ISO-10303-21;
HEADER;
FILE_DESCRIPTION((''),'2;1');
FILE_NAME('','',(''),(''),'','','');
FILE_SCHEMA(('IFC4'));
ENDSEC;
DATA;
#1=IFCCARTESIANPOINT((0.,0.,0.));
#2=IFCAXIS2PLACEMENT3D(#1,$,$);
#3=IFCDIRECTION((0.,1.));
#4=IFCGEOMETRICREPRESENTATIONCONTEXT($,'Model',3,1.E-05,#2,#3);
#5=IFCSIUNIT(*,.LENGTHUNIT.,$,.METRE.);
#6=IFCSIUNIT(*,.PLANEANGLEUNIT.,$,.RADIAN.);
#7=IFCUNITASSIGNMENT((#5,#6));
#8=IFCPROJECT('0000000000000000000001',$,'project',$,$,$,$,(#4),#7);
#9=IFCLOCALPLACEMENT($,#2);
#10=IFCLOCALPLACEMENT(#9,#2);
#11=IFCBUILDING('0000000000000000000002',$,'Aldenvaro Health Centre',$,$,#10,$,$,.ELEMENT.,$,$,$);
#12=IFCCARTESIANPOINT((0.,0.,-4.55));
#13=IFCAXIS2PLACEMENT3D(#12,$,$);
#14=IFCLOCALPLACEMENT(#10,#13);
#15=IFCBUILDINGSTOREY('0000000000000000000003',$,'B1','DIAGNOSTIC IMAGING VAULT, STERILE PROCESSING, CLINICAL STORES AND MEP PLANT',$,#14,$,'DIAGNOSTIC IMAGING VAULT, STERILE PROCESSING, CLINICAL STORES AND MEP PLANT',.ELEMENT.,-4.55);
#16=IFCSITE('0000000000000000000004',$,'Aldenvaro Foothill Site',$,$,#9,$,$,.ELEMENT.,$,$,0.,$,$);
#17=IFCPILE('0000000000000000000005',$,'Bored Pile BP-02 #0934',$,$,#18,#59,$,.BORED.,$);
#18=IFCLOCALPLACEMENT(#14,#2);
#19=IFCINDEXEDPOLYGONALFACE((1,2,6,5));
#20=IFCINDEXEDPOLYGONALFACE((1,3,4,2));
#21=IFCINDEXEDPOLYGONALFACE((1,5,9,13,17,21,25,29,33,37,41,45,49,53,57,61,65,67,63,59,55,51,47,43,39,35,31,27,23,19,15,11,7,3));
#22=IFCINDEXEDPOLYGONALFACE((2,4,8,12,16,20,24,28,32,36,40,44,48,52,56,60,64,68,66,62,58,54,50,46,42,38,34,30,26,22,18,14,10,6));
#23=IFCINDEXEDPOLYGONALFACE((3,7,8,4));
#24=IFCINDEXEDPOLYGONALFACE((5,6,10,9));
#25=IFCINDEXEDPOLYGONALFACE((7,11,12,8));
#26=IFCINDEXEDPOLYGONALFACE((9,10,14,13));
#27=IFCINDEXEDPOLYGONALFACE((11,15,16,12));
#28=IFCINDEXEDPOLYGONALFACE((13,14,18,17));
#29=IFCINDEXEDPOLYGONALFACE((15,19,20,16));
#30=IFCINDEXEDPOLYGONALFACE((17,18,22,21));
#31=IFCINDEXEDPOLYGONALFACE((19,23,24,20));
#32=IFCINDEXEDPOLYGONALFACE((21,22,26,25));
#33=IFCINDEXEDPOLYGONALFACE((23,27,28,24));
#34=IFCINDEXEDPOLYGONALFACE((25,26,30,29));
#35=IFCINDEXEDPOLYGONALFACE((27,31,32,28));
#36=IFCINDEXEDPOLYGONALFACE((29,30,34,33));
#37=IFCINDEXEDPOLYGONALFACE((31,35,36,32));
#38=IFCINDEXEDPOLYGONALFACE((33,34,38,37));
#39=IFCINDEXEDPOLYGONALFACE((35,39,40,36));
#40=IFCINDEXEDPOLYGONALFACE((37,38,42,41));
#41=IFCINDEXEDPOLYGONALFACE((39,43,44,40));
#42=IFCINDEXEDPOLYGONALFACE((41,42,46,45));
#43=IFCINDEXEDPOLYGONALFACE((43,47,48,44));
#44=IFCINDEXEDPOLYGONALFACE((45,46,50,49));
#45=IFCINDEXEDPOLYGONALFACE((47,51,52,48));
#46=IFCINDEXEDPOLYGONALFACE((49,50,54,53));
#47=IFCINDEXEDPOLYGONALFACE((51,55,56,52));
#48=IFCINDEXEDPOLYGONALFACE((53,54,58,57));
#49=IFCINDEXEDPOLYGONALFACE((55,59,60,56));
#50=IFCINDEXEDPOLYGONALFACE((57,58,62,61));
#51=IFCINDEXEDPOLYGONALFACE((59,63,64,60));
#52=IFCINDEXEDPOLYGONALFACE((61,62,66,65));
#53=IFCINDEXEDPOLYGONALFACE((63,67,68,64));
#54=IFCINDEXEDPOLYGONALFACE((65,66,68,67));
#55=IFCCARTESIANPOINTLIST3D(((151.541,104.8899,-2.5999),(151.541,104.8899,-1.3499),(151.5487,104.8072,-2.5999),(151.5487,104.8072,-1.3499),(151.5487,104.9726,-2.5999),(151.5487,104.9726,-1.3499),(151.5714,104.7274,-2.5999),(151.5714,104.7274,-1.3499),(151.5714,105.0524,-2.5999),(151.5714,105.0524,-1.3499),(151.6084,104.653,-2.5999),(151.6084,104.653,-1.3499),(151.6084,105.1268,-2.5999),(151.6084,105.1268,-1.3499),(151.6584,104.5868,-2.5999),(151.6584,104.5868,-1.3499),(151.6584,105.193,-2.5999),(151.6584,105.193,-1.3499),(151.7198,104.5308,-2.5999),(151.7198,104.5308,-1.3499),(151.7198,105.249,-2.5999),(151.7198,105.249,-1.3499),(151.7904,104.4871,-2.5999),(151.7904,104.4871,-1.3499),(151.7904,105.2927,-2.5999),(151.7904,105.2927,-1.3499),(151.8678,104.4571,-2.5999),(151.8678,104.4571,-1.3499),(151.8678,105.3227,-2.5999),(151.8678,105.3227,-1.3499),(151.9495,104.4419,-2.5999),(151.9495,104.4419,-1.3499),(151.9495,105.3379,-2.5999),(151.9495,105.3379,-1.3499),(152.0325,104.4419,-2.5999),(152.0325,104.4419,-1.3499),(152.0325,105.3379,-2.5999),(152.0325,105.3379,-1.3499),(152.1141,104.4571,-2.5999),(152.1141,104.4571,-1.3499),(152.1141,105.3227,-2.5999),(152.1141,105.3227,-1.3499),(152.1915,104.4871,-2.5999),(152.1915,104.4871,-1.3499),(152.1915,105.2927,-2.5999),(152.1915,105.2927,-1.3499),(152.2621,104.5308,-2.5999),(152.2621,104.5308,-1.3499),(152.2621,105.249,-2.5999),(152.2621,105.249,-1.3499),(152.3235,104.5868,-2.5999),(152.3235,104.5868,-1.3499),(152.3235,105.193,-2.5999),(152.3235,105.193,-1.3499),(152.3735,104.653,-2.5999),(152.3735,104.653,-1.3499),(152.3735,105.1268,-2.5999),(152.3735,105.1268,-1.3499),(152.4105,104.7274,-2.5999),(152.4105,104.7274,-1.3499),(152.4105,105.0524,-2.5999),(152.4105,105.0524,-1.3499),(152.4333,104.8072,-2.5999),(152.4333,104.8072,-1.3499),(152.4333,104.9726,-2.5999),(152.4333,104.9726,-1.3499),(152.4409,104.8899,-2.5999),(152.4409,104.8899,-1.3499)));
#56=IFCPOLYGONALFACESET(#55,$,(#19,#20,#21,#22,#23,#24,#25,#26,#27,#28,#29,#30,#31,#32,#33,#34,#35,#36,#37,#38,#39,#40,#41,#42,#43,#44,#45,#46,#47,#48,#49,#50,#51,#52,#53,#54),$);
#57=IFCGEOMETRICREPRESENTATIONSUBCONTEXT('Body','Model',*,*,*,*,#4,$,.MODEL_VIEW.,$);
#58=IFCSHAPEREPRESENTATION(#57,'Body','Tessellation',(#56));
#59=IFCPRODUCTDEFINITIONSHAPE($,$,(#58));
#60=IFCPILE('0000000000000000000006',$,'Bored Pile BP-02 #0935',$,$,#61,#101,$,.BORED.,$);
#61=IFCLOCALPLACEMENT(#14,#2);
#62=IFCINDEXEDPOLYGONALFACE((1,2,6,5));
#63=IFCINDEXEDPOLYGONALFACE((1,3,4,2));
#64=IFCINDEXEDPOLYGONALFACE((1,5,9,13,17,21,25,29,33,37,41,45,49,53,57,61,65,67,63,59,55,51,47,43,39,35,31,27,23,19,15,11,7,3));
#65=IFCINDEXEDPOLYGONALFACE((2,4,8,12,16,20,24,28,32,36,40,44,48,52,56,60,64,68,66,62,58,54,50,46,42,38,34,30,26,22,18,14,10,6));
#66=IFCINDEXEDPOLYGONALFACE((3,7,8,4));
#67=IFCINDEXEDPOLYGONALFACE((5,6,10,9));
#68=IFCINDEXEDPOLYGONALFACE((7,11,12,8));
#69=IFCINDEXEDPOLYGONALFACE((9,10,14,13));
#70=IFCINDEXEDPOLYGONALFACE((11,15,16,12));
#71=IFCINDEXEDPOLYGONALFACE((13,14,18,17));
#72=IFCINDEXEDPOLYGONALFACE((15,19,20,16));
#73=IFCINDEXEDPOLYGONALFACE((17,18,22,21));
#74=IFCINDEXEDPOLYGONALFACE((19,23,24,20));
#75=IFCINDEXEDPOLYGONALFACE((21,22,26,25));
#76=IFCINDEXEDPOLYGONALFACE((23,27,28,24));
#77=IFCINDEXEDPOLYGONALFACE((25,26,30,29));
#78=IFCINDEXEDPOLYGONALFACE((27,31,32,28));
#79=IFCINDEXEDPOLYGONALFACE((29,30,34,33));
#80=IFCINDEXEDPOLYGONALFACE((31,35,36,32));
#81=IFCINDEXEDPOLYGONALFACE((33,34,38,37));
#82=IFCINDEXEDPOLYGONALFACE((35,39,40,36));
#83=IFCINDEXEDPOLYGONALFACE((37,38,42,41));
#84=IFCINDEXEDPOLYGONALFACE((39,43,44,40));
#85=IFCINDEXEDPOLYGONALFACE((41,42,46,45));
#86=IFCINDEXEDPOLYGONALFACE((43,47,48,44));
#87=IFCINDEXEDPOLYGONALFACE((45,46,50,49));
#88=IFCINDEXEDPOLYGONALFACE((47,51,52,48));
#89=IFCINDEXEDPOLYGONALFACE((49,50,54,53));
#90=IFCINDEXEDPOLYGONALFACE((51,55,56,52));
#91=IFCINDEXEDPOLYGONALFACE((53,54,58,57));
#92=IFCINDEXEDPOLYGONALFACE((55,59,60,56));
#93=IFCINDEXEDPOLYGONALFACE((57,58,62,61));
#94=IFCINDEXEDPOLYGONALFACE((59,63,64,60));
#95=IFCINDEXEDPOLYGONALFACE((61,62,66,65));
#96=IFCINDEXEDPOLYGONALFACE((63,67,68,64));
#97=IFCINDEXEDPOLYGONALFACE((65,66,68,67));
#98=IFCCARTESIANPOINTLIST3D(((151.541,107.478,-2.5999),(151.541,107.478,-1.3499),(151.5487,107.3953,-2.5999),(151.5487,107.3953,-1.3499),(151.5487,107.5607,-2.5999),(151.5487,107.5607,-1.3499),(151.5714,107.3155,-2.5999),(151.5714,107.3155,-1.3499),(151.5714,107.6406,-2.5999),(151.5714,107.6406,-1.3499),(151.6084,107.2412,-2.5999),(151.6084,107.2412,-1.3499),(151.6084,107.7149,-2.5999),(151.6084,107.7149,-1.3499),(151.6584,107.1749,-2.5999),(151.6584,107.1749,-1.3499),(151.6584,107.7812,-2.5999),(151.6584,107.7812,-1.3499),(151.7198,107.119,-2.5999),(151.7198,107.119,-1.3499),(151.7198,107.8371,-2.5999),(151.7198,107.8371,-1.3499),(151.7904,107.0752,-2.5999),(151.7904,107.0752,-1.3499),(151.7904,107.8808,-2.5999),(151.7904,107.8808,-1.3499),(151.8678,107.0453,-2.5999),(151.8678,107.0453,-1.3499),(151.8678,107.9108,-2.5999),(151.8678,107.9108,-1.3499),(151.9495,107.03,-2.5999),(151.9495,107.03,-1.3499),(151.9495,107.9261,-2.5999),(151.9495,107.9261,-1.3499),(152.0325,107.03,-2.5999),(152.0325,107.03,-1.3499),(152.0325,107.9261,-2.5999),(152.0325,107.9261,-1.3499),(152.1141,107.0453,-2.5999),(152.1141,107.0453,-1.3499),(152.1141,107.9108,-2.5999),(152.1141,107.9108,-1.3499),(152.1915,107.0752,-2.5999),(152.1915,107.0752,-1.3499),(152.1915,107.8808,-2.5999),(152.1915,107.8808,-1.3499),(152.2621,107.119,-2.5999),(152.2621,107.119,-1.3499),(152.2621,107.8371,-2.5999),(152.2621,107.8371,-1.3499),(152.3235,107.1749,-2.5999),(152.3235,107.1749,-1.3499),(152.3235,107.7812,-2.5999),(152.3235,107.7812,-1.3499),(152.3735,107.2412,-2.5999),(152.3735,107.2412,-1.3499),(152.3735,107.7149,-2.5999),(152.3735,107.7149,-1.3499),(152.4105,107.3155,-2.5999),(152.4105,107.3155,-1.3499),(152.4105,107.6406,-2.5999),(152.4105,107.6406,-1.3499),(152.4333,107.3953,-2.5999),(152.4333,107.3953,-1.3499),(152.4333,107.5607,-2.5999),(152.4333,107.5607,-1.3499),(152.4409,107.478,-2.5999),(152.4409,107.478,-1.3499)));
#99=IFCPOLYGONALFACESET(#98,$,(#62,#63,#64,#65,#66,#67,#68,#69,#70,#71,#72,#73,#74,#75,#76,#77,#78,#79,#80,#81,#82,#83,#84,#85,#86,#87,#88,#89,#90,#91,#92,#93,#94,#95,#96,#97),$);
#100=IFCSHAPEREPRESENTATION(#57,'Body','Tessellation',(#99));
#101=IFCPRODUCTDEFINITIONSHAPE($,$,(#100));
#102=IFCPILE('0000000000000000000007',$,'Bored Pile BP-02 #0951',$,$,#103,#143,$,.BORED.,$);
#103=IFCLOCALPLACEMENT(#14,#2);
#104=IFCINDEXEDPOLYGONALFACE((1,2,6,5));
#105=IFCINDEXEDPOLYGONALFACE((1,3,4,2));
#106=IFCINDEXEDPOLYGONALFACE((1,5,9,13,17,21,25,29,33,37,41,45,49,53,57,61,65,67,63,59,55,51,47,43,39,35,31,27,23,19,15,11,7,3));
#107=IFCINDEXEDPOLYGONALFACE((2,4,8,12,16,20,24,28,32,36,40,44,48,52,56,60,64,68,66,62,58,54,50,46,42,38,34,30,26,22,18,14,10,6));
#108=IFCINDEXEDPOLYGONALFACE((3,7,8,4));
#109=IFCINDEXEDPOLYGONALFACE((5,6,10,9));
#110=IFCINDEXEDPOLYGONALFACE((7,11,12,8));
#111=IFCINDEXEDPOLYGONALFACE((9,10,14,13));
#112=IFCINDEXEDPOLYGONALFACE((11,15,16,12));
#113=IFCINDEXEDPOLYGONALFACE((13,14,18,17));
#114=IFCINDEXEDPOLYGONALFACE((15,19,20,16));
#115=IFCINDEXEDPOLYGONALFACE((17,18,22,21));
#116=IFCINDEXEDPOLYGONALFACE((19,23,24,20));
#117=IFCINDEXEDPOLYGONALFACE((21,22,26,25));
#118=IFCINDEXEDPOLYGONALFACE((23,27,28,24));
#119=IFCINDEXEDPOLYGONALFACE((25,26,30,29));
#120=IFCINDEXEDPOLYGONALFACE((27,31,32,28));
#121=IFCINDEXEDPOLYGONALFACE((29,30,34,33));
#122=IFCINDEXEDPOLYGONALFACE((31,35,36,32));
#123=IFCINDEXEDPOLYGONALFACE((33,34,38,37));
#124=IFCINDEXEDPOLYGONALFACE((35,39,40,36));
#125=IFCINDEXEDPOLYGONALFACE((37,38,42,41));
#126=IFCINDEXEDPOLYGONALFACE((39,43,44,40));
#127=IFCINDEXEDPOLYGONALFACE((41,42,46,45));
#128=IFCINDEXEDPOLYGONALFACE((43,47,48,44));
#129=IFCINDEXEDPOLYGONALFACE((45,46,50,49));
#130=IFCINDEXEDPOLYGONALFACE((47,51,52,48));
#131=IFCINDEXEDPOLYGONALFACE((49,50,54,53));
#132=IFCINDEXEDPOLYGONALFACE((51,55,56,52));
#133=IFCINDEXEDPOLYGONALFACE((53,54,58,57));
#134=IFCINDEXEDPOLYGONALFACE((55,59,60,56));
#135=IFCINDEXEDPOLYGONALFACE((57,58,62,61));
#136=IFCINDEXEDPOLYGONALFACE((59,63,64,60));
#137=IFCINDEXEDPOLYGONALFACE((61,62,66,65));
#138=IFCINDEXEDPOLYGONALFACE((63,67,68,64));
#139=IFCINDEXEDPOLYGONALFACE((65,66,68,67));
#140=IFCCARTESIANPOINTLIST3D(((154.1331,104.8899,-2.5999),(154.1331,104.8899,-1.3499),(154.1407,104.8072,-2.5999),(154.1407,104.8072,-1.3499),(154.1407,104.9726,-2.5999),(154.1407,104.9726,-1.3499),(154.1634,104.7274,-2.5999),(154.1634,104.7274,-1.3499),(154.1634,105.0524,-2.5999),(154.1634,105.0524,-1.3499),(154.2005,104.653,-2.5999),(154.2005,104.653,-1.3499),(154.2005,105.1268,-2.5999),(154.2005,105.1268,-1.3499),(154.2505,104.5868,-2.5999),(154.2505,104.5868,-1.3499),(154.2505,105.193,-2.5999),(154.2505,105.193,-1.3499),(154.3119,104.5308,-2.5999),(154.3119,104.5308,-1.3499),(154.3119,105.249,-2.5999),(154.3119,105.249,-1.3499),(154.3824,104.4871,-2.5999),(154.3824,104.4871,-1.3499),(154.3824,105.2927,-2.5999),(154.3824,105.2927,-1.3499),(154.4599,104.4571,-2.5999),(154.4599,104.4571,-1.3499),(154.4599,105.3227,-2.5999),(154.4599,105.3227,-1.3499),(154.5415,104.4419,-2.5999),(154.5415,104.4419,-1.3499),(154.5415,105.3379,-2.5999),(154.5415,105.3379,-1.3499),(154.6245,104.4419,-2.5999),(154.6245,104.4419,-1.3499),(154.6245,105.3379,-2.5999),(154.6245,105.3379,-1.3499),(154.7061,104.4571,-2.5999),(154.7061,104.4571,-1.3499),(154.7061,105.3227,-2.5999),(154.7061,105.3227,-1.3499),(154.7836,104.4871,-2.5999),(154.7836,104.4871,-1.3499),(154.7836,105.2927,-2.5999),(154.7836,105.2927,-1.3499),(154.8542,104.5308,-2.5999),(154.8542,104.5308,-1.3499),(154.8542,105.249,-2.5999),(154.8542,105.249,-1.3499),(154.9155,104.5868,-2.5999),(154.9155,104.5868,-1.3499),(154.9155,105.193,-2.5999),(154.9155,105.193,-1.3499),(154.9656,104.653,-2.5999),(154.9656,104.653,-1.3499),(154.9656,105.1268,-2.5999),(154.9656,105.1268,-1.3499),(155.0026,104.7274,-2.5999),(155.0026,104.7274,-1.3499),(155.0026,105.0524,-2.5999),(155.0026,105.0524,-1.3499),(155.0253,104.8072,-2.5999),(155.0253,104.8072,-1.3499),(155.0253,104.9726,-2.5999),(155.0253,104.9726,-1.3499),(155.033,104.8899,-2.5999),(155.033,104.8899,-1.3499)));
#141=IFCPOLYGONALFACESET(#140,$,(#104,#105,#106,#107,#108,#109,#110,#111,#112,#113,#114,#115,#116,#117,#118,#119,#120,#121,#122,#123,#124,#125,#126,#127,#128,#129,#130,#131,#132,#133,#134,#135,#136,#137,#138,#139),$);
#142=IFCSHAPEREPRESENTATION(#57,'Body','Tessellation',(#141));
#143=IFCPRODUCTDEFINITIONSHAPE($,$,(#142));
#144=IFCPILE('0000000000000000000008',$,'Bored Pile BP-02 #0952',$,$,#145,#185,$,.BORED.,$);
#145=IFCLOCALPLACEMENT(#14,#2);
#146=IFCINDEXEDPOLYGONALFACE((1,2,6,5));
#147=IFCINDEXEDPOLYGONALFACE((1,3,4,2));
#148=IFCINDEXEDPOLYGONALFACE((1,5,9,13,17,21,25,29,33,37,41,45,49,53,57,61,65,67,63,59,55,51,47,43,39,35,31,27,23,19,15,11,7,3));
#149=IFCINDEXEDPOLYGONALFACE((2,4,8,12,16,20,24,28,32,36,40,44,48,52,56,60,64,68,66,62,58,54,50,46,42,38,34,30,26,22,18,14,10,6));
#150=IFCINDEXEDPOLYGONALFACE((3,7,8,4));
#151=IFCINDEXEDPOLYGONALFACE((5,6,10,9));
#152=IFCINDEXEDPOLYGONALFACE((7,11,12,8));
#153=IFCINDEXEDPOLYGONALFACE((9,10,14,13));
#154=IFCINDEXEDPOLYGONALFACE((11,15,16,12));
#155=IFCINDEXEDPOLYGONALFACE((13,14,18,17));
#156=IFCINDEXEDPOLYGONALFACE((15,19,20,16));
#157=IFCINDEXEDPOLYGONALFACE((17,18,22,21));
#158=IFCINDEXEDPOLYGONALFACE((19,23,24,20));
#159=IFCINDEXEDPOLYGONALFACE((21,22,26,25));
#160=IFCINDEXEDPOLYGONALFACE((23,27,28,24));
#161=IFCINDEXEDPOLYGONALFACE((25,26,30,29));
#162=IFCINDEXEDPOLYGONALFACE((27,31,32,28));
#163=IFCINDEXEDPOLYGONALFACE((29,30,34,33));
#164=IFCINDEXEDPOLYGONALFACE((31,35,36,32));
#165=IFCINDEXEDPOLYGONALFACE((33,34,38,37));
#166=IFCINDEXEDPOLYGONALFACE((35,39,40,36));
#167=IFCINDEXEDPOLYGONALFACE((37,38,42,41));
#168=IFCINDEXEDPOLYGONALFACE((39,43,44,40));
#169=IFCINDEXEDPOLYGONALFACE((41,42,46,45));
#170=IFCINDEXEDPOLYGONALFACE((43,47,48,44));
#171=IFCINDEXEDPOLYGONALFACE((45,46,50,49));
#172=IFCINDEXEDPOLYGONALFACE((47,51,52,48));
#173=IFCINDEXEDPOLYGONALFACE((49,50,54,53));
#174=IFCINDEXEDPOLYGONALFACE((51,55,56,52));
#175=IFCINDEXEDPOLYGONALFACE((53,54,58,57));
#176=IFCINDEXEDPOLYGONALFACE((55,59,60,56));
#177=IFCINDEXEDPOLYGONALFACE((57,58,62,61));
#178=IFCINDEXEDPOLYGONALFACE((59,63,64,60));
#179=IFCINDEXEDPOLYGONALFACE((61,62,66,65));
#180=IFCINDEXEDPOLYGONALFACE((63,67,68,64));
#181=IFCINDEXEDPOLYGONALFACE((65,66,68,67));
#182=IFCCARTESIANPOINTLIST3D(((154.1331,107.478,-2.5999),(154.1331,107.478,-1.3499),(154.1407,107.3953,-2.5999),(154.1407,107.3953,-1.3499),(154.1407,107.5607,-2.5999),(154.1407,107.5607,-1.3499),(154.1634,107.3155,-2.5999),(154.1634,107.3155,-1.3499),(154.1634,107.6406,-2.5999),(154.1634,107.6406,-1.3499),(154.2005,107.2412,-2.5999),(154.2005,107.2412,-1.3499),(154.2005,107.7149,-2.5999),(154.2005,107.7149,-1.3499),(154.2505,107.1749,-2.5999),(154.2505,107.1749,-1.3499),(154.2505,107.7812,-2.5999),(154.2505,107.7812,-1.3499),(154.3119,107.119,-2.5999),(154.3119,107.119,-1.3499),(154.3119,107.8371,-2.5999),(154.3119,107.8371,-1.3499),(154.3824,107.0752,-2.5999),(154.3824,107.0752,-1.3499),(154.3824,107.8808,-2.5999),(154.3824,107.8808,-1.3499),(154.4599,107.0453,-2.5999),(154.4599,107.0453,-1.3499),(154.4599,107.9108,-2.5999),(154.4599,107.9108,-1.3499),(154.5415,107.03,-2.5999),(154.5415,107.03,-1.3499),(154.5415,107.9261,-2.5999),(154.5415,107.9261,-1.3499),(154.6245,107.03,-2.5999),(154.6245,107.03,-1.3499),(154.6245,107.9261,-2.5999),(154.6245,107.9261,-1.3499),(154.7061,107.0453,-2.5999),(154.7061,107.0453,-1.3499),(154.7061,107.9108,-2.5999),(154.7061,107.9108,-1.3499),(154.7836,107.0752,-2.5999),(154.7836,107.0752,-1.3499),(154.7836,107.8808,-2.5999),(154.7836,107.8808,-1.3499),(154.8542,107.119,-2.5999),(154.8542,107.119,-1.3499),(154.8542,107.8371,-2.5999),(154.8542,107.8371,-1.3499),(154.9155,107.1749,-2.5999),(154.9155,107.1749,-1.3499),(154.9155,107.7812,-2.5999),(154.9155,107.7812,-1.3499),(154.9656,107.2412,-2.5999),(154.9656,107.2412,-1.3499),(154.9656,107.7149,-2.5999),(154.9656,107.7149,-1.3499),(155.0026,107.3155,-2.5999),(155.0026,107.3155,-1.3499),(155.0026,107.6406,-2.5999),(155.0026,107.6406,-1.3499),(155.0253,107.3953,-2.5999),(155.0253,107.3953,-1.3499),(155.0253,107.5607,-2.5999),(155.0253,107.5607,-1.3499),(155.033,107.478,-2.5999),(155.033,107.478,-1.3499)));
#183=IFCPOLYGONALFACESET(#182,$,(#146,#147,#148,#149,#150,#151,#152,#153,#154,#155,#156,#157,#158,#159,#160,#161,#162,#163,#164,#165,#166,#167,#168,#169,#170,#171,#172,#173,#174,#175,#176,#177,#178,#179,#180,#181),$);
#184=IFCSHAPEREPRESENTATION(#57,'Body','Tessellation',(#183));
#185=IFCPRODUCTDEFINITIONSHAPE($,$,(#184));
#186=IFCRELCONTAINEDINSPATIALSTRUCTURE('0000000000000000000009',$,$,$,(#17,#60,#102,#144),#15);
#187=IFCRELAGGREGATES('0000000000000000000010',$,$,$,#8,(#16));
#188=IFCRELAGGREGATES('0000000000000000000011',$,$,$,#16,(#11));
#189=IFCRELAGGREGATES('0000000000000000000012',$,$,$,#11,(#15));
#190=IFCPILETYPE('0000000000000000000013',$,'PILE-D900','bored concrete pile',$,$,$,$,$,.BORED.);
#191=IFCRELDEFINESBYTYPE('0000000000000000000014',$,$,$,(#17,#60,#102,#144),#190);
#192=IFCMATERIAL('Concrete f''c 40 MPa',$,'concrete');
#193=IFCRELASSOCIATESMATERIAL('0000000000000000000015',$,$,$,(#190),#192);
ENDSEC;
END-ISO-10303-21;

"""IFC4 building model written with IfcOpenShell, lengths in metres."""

from ifc_helpers import new_model, si_unit, direction, frame, origin, origin_2d, place, context, subcontext, project, spatial, circle, extrude, material, material_profile, profile_set, type_object, element, save


model = new_model("IFC4")

# Units and contexts
model_context = context("Model", 3, precision=1e-05, world=origin(), true_north=direction((0.0, 1.0)))
body_context = subcontext(model_context, "Body", "Model", "MODEL_VIEW")
ifc_project = project(units=[si_unit("LENGTHUNIT", "METRE"), si_unit("PLANEANGLEUNIT", "RADIAN")], contexts=[model_context])

# Site, building, storey
site_placement = place(None, origin())
site = spatial("IfcSite", under=ifc_project, at=site_placement, Name="Aldenvaro Foothill Site", CompositionType="ELEMENT", RefElevation=0.0)
building_placement = place(site_placement, origin())
building = spatial("IfcBuilding", under=site, at=building_placement, Name="Aldenvaro Health Centre", CompositionType="ELEMENT")
storey_placement = place(building_placement, frame((0.0, 0.0, -4.55)))
storey = spatial("IfcBuildingStorey", under=building, at=storey_placement, Name="B1", Description="DIAGNOSTIC IMAGING VAULT, STERILE PROCESSING, CLINICAL STORES AND MEP PLANT", LongName="DIAGNOSTIC IMAGING VAULT, STERILE PROCESSING, CLINICAL STORES AND MEP PLANT", CompositionType="ELEMENT", Elevation=-4.55)

# Piles
ifc_material_1 = material(Name="Concrete f'c 40 MPa", Category="concrete")
ifc_material_profile_1 = material_profile(ifc_material_1, circle(Radius=0.45, at=origin_2d()), Name="PILE D900", Category="concrete")
ifc_profile_set_1 = profile_set([ifc_material_profile_1], Name="Concrete f'c 40 MPa")
pile_type = type_object("IfcPileType", Name="PILE-D900", Description="bored concrete pile", PredefinedType="BORED", material=ifc_profile_set_1)
for number, where, z_axis, x_axis, name in (
    (1, (151.991, 104.8899, -1.3499), (0.0, 0.0, -1.0), (1.0, 0.0, 0.0), "Bored Pile BP-02 #0934"),
    (2, (151.991, 107.478, -1.3499), (0.0, 0.0, -1.0), (1.0, 0.0, 0.0), "Bored Pile BP-02 #0935"),
    (3, (154.583, 104.8899, -1.3499), (0.0, 0.0, -1.0), (1.0, 0.0, 0.0), "Bored Pile BP-02 #0951"),
    (4, (154.583, 107.478, -1.3499), (0.0, 0.0, -1.0), (1.0, 0.0, 0.0), "Bored Pile BP-02 #0952"),
):
    element("IfcPile", number, at=place(storey_placement, frame(where, z_axis=z_axis, x_axis=x_axis)), inside=storey, type_object=pile_type, Name=name, PredefinedType="BORED", context=body_context, shape_type="SweptSolid", body=[
        extrude(circle(Radius=0.45, at=origin_2d()), origin(), (0.0, 0.0, 1.0), 1.25),
    ])

save(model, "model.ifc")
